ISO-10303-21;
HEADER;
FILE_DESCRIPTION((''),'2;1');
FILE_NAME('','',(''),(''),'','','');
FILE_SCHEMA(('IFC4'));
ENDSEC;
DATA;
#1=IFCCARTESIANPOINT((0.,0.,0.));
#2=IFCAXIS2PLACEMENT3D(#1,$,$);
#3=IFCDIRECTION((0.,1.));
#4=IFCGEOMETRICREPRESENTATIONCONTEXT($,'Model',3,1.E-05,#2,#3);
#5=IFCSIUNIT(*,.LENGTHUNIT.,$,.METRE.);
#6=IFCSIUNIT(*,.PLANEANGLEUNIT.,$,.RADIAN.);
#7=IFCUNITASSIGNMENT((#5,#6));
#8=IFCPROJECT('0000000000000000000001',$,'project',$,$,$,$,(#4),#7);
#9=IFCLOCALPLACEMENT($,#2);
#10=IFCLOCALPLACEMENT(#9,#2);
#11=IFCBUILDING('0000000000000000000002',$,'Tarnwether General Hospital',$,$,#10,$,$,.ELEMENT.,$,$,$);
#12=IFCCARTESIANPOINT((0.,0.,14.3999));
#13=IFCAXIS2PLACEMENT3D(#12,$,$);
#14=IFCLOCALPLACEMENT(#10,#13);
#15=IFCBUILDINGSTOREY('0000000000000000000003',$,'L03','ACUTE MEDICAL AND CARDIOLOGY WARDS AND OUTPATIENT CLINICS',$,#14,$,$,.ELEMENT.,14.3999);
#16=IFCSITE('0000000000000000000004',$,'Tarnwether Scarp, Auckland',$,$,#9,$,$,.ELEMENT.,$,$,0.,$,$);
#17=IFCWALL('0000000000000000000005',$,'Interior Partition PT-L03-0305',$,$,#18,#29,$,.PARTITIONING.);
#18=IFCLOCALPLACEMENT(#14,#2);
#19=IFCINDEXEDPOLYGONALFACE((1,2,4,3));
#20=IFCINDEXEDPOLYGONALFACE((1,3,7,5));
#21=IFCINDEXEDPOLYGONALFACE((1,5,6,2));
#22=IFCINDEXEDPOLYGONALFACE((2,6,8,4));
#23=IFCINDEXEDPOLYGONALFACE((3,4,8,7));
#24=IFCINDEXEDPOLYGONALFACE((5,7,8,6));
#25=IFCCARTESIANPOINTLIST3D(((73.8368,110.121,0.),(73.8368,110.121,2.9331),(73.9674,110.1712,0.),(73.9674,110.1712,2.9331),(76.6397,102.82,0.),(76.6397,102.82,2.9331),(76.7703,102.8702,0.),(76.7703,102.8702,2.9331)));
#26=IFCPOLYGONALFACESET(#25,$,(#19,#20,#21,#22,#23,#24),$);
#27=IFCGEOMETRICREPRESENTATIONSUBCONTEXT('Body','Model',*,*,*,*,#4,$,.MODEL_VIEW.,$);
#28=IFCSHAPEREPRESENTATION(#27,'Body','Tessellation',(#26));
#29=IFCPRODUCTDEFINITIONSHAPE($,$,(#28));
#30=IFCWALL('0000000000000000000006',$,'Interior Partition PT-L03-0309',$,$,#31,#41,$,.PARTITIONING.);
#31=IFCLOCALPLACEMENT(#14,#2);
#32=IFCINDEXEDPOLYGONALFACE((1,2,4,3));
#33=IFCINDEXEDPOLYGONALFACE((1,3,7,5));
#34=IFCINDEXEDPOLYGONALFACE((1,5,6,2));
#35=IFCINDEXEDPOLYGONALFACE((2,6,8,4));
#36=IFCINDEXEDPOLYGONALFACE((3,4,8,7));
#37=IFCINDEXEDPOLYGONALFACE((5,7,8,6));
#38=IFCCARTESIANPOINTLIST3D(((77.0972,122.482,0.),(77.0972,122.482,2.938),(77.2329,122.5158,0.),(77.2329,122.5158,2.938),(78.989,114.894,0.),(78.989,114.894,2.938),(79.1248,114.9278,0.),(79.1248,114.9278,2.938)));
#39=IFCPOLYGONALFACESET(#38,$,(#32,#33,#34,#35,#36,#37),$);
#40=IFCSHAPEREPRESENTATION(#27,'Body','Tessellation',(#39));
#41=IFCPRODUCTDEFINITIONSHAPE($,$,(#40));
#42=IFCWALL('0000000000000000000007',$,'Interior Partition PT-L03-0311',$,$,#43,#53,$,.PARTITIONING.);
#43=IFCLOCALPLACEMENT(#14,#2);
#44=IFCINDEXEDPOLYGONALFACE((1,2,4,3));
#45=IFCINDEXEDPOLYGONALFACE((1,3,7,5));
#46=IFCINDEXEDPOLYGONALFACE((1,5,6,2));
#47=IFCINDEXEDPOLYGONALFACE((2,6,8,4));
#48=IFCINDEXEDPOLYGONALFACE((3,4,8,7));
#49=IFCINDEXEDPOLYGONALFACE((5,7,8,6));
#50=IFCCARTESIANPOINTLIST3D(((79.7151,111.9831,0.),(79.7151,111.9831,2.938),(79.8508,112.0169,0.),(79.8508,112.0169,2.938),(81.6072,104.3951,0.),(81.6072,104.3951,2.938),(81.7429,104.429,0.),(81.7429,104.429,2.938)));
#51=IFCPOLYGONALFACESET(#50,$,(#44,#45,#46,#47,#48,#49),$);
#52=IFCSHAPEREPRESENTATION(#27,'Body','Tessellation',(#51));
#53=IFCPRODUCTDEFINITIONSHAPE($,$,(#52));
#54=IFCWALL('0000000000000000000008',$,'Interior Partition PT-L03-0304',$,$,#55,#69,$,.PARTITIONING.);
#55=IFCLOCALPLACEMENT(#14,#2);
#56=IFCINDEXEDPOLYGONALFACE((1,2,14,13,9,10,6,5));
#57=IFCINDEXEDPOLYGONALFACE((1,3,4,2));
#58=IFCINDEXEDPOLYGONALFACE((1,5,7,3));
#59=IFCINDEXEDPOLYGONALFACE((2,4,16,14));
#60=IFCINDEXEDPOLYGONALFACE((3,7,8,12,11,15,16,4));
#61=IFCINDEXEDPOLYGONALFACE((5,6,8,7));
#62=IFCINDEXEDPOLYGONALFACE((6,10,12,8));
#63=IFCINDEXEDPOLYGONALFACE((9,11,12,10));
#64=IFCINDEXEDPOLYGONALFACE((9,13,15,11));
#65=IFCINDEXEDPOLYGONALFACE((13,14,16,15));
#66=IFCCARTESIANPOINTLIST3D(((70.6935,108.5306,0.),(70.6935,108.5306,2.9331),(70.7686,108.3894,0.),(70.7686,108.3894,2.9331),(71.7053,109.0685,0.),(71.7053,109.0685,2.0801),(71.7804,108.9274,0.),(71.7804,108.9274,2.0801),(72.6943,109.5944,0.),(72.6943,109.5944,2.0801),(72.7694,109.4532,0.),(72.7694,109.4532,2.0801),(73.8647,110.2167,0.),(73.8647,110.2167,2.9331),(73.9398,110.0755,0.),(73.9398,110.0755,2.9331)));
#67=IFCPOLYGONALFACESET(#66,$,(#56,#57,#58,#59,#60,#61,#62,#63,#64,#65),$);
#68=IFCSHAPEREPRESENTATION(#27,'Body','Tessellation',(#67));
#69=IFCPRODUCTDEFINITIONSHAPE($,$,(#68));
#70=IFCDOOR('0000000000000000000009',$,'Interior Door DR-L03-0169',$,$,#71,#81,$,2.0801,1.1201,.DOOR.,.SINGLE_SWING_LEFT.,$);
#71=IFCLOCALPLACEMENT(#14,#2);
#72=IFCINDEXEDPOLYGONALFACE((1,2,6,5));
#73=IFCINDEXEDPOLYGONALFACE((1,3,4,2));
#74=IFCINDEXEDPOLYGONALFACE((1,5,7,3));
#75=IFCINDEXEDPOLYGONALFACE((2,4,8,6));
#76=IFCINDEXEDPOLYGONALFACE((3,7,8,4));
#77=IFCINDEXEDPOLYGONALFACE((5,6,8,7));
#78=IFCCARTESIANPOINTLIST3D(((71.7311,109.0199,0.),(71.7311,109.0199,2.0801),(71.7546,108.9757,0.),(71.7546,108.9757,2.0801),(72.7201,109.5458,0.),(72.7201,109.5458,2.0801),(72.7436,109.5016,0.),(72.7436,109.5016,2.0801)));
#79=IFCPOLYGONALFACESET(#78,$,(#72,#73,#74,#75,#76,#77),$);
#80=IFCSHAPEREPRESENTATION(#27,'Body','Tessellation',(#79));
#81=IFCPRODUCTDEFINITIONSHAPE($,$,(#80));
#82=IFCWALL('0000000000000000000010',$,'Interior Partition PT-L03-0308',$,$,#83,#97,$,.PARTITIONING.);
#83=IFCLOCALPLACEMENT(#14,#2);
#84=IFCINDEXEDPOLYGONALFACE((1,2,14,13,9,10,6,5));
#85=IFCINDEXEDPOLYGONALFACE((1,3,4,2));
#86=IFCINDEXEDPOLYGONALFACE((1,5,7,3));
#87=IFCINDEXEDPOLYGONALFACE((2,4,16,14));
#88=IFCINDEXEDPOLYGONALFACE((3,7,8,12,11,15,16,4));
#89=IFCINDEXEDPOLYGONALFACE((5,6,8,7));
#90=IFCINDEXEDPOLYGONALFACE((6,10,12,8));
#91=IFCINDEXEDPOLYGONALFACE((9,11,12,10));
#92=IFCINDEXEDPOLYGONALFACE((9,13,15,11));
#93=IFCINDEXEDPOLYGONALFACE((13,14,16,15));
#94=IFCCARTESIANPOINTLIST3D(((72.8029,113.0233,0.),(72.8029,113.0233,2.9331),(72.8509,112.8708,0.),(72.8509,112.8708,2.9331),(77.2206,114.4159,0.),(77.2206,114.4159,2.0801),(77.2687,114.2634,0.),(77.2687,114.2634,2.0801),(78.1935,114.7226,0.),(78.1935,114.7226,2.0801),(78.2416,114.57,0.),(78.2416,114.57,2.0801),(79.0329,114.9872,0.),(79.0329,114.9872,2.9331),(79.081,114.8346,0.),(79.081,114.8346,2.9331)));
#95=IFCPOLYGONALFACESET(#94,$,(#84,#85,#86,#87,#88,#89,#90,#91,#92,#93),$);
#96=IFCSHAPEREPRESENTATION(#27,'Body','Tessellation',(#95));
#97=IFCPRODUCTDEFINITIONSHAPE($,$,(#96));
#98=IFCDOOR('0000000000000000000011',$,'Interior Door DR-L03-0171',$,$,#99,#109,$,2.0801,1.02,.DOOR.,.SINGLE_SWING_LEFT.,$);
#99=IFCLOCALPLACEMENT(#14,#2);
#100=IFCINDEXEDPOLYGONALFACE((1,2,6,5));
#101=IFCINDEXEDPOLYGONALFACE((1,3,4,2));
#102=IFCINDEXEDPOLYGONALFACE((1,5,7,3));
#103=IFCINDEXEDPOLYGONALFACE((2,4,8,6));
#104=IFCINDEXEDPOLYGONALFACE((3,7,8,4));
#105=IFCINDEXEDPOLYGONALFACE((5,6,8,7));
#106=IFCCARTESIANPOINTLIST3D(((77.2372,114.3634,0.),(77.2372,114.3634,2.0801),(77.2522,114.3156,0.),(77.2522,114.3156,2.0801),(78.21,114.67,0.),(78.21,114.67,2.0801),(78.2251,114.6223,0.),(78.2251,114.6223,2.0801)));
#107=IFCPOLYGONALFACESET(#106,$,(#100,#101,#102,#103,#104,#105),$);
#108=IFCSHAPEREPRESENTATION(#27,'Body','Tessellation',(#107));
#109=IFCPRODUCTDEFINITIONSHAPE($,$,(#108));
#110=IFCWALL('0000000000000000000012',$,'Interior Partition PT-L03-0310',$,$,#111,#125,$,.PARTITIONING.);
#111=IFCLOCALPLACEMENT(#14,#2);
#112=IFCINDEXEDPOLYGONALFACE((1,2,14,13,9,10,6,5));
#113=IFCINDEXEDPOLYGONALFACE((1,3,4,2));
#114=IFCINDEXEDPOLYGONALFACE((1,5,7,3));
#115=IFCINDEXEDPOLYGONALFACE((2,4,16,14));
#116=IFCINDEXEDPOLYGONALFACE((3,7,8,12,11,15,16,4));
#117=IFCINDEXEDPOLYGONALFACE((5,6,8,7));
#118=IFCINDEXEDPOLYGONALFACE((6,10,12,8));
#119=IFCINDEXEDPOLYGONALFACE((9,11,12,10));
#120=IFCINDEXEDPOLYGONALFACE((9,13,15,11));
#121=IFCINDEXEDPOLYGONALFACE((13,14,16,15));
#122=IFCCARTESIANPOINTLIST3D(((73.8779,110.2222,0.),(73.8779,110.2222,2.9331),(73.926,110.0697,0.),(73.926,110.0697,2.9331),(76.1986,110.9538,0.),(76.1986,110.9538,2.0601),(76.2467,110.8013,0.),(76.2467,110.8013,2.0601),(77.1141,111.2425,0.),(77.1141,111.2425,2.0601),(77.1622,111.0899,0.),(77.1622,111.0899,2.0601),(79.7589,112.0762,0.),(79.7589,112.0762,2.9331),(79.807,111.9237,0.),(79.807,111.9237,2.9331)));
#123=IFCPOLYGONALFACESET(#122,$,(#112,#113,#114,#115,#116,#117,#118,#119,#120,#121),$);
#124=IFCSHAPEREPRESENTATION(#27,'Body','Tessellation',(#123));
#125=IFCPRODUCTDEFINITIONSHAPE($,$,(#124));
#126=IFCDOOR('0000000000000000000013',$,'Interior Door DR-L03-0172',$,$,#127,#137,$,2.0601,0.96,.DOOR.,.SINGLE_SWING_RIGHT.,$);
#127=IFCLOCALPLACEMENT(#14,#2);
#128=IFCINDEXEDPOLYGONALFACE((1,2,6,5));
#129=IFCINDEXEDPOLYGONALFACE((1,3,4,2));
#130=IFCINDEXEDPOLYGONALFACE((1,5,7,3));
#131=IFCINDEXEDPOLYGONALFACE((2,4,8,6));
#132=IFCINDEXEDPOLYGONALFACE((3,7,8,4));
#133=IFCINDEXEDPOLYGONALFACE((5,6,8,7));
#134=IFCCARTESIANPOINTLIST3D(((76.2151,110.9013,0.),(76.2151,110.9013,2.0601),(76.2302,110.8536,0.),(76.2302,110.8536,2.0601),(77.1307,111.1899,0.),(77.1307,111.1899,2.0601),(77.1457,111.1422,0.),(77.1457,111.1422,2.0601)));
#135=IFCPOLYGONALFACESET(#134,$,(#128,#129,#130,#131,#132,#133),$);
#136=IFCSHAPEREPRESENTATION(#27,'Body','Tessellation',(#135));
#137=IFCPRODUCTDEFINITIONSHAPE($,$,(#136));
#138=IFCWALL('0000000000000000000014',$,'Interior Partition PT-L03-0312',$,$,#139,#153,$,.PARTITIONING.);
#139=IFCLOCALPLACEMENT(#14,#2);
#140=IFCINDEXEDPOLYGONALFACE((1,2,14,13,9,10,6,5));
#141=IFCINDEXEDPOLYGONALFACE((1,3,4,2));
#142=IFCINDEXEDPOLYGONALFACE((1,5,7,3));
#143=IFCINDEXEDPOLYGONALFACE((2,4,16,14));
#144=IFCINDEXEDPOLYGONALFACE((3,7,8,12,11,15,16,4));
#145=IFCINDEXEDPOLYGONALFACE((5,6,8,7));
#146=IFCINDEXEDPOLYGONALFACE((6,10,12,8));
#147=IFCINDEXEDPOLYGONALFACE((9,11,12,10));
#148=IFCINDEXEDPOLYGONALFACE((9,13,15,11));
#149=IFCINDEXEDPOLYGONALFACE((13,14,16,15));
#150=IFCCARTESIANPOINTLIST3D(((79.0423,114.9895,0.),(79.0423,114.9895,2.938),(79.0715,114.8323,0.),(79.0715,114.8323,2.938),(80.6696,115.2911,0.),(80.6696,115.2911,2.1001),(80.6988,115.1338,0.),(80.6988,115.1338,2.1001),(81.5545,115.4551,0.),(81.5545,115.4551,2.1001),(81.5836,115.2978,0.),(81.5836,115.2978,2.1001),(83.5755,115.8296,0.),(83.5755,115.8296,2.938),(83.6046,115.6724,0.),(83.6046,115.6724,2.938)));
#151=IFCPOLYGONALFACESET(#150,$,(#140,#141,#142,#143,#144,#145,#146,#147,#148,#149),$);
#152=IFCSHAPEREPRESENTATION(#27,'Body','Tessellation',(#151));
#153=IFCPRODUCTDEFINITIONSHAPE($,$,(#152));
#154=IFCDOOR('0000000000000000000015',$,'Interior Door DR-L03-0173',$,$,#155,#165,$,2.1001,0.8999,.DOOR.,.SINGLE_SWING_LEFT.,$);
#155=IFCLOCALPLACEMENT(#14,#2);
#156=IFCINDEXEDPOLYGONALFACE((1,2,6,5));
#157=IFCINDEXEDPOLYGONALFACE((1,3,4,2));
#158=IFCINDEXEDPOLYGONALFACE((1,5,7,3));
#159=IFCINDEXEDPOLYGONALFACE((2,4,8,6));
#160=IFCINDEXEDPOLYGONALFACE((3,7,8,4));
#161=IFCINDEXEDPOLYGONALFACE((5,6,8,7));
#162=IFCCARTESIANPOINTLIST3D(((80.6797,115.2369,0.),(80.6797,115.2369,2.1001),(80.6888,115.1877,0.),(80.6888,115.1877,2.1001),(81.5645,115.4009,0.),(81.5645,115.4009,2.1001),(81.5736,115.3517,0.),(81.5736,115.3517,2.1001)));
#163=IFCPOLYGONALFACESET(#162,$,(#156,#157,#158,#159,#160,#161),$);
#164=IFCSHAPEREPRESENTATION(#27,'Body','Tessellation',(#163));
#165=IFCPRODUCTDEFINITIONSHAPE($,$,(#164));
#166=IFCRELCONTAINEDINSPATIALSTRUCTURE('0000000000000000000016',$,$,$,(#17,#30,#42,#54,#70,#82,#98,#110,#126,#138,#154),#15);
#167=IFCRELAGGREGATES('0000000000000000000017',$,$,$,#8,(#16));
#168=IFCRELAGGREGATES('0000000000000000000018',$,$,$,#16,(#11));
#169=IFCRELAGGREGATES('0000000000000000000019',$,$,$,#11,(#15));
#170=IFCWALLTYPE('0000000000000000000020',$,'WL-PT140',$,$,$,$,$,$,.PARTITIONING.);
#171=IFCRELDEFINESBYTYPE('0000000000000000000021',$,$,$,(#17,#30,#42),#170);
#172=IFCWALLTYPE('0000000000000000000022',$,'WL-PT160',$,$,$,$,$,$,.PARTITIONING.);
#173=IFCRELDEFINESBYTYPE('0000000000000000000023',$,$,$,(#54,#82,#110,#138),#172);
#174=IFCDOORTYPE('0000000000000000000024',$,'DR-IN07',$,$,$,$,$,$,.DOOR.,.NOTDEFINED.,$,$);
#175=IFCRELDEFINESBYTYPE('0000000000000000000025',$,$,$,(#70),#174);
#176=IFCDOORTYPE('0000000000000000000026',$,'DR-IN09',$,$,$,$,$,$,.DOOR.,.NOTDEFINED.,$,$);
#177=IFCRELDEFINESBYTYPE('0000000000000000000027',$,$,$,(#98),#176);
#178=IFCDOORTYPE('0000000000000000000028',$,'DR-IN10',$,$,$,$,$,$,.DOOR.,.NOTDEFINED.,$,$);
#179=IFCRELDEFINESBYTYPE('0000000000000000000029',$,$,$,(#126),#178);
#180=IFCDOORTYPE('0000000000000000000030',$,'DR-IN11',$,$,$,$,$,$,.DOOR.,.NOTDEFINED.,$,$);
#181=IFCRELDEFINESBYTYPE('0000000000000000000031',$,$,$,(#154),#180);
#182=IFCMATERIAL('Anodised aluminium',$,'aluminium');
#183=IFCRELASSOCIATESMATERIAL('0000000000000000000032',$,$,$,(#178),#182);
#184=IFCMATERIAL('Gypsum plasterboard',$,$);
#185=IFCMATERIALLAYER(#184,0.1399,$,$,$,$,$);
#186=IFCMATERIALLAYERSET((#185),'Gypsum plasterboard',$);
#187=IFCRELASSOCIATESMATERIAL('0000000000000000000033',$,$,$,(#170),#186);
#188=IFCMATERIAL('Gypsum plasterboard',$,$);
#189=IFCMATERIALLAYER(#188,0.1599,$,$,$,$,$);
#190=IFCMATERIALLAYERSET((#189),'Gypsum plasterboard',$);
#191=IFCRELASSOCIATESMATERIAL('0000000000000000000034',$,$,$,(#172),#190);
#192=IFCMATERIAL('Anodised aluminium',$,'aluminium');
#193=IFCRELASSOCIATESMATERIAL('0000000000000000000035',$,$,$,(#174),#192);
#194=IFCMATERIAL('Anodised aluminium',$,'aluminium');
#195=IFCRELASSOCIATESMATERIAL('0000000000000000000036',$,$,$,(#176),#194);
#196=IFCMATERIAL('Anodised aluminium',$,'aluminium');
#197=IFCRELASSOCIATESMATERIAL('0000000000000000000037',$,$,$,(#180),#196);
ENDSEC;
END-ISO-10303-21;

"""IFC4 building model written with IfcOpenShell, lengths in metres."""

from ifc_helpers import new_model, si_unit, direction, frame, frame_2d, origin, place, context, subcontext, project, spatial, rectangle, extrude, material, layer, layer_set, type_object, element, fill, save


model = new_model("IFC4")

# Units and contexts
model_context = context("Model", 3, precision=1e-05, world=origin(), true_north=direction((0.0, 1.0)))
body_context = subcontext(model_context, "Body", "Model", "MODEL_VIEW")
ifc_project = project(units=[si_unit("LENGTHUNIT", "METRE"), si_unit("PLANEANGLEUNIT", "RADIAN")], contexts=[model_context])

# Site, building, storey
site_placement = place(None, origin())
site = spatial("IfcSite", under=ifc_project, at=site_placement, Name="Tarnwether Scarp, Auckland", CompositionType="ELEMENT", RefElevation=0.0)
building_placement = place(site_placement, origin())
building = spatial("IfcBuilding", under=site, at=building_placement, Name="Tarnwether General Hospital", CompositionType="ELEMENT")
storey_placement = place(building_placement, frame((0.0, 0.0, 14.3999)))
storey = spatial("IfcBuildingStorey", under=building, at=storey_placement, Name="L03", Description="ACUTE MEDICAL AND CARDIOLOGY WARDS AND OUTPATIENT CLINICS", CompositionType="ELEMENT", Elevation=14.3999)

# Shared definitions
ifc_material_1 = material(Name="Anodised aluminium", Category="aluminium")
door_type_1 = type_object("IfcDoorType", Name="DR-IN10", OperationType="NOTDEFINED", PredefinedType="DOOR", material=ifc_material_1)

# Walls
ifc_material_2 = material(Name="Gypsum plasterboard")
ifc_layer_1 = layer(ifc_material_2, 0.1399)
ifc_layer_set_1 = layer_set([ifc_layer_1], Name="Gypsum plasterboard")
wall_type_1 = type_object("IfcWallType", Name="WL-PT140", PredefinedType="PARTITIONING", material=ifc_layer_set_1)
wall_1_placement = place(storey_placement, frame((73.9021, 110.146, 0.0), z_axis=(0.0, 0.0, 1.0), x_axis=(0.35841, -0.933564, 0.0)))
element("IfcWall", 1, at=wall_1_placement, inside=storey, type_object=wall_type_1, Name="Interior Partition PT-L03-0305", PredefinedType="PARTITIONING", context=body_context, shape_type="SweptSolid", body=[
    extrude(rectangle(XDim=7.8206, YDim=0.1399, at=frame_2d((3.9102, 0.0))), origin(), (0.0, 0.0, 1.0), 2.9331),
])
for number, where, z_axis, x_axis, name in (
    (2, (79.0569, 114.9109, 0.0), (0.0, 0.0, 1.0), (-0.241911, 0.970298, 0.0), "Interior Partition PT-L03-0309"),
    (3, (79.783, 112.0, 0.0), (0.0, 0.0, 1.0), (0.241948, -0.970289, 0.0), "Interior Partition PT-L03-0311"),
):
    element("IfcWall", number, at=place(storey_placement, frame(where, z_axis=z_axis, x_axis=x_axis)), inside=storey, type_object=wall_type_1, Name=name, PredefinedType="PARTITIONING", context=body_context, shape_type="SweptSolid", body=[
        extrude(rectangle(XDim=7.8203, YDim=0.1399, at=frame_2d((3.9102, 0.0))), origin(), (0.0, 0.0, 1.0), 2.938),
    ])

# Walls, openings, doors
ifc_material_3 = material(Name="Gypsum plasterboard")
ifc_layer_2 = layer(ifc_material_3, 0.1599)
ifc_layer_set_2 = layer_set([ifc_layer_2], Name="Gypsum plasterboard")
wall_type_2 = type_object("IfcWallType", Name="WL-PT160", PredefinedType="PARTITIONING", material=ifc_layer_set_2)
wall_2_placement = place(storey_placement, frame((70.731, 108.46, 0.0), z_axis=(0.0, 0.0, 1.0), x_axis=(0.882958, 0.469452, 0.0)))
wall_2 = element("IfcWall", 4, at=wall_2_placement, inside=storey, type_object=wall_type_2, Name="Interior Partition PT-L03-0304", PredefinedType="PARTITIONING", context=body_context, shape_type="SweptSolid", body=[
    extrude(rectangle(XDim=3.5916, YDim=0.1599, at=frame_2d((1.7959, 0.0))), origin(), (0.0, 0.0, 1.0), 2.9331),
])
opening_1_placement = place(wall_2_placement, frame((1.146, 0.0, 0.0)))
opening_1 = element("IfcOpeningElement", 5, at=opening_1_placement, cuts=wall_2, PredefinedType="OPENING", context=body_context, shape_type="SweptSolid", body=[
    extrude(rectangle(XDim=1.1201, YDim=2.0801, at=frame_2d((0.5601, 1.04))), frame((0.0, 0.0898, 0.0), z_axis=(0.0, -1.0, 0.0), x_axis=(1.0, 0.0, 0.0)), (0.0, 0.0, 1.0), 0.1799),
])
ifc_material_4 = material(Name="Anodised aluminium", Category="aluminium")
door_type_2 = type_object("IfcDoorType", Name="DR-IN07", OperationType="NOTDEFINED", PredefinedType="DOOR", material=ifc_material_4)
door_1_placement = place(opening_1_placement, origin())
door_1 = element("IfcDoor", 6, at=door_1_placement, inside=storey, type_object=door_type_2, Name="Interior Door DR-L03-0169", OperationType="SINGLE_SWING_LEFT", OverallHeight=2.0801, OverallWidth=1.1201, PredefinedType="DOOR", context=body_context, shape_type="SweptSolid", body=[
    extrude(rectangle(XDim=1.1201, YDim=2.0801, at=frame_2d((0.5601, 1.04))), frame((0.0, 0.0249, 0.0), z_axis=(0.0, -1.0, 0.0), x_axis=(1.0, 0.0, 0.0)), (0.0, 0.0, 1.0), 0.05),
])
fill(opening_1, door_1)
wall_3_placement = place(storey_placement, frame((72.8269, 112.947, 0.0), z_axis=(0.0, 0.0, 1.0), x_axis=(0.953736, 0.300645, 0.0)))
wall_3 = element("IfcWall", 7, at=wall_3_placement, inside=storey, type_object=wall_type_2, Name="Interior Partition PT-L03-0308", PredefinedType="PARTITIONING", context=body_context, shape_type="SweptSolid", body=[
    extrude(rectangle(XDim=6.5322, YDim=0.1599, at=frame_2d((3.2661, 0.0))), origin(), (0.0, 0.0, 1.0), 2.9331),
])
opening_2_placement = place(wall_3_placement, frame((4.6321, 0.0, 0.0)))
opening_2 = element("IfcOpeningElement", 8, at=opening_2_placement, cuts=wall_3, PredefinedType="OPENING", context=body_context, shape_type="SweptSolid", body=[
    extrude(rectangle(XDim=1.02, YDim=2.0801, at=frame_2d((0.51, 1.04))), frame((0.0, 0.0898, 0.0), z_axis=(0.0, -1.0, 0.0), x_axis=(1.0, 0.0, 0.0)), (0.0, 0.0, 1.0), 0.1799),
])
ifc_material_5 = material(Name="Anodised aluminium", Category="aluminium")
door_type_3 = type_object("IfcDoorType", Name="DR-IN09", OperationType="NOTDEFINED", PredefinedType="DOOR", material=ifc_material_5)
door_2_placement = place(opening_2_placement, origin())
door_2 = element("IfcDoor", 9, at=door_2_placement, inside=storey, type_object=door_type_3, Name="Interior Door DR-L03-0171", OperationType="SINGLE_SWING_LEFT", OverallHeight=2.0801, OverallWidth=1.02, PredefinedType="DOOR", context=body_context, shape_type="SweptSolid", body=[
    extrude(rectangle(XDim=1.02, YDim=2.0801, at=frame_2d((0.51, 1.04))), frame((0.0, 0.0249, 0.0), z_axis=(0.0, -1.0, 0.0), x_axis=(1.0, 0.0, 0.0)), (0.0, 0.0, 1.0), 0.05),
])
fill(opening_2, door_2)
wall_4_placement = place(storey_placement, frame((73.9021, 110.146, 0.0), z_axis=(0.0, 0.0, 1.0), x_axis=(0.953727, 0.300673, 0.0)))
wall_4 = element("IfcWall", 10, at=wall_4_placement, inside=storey, type_object=wall_type_2, Name="Interior Partition PT-L03-0310", PredefinedType="PARTITIONING", context=body_context, shape_type="SweptSolid", body=[
    extrude(rectangle(XDim=6.1663, YDim=0.1599, at=frame_2d((3.083, 0.0))), origin(), (0.0, 0.0, 1.0), 2.9331),
])
opening_3_placement = place(wall_4_placement, frame((2.4331, 0.0, 0.0)))
opening_3 = element("IfcOpeningElement", 11, at=opening_3_placement, cuts=wall_4, PredefinedType="OPENING", context=body_context, shape_type="SweptSolid", body=[
    extrude(rectangle(XDim=0.96, YDim=2.0601, at=frame_2d((0.48, 1.03))), frame((0.0, 0.0898, 0.0), z_axis=(0.0, -1.0, 0.0), x_axis=(1.0, 0.0, 0.0)), (0.0, 0.0, 1.0), 0.1799),
])
door_3_placement = place(opening_3_placement, origin())
door_3 = element("IfcDoor", 12, at=door_3_placement, inside=storey, type_object=door_type_1, Name="Interior Door DR-L03-0172", OperationType="SINGLE_SWING_RIGHT", OverallHeight=2.0601, OverallWidth=0.96, PredefinedType="DOOR", context=body_context, shape_type="SweptSolid", body=[
    extrude(rectangle(XDim=0.96, YDim=2.0601, at=frame_2d((0.48, 1.03))), frame((0.0, 0.0249, 0.0), z_axis=(0.0, -1.0, 0.0), x_axis=(1.0, 0.0, 0.0)), (0.0, 0.0, 1.0), 0.05),
])
fill(opening_3, door_3)
wall_5_placement = place(storey_placement, frame((79.0569, 114.9109, 0.0), z_axis=(0.0, 0.0, 1.0), x_axis=(0.983258, 0.182216, 0.0)))
wall_5 = element("IfcWall", 13, at=wall_5_placement, inside=storey, type_object=wall_type_2, Name="Interior Partition PT-L03-0312", PredefinedType="PARTITIONING", context=body_context, shape_type="SweptSolid", body=[
    extrude(rectangle(XDim=4.6104, YDim=0.1599, at=frame_2d((2.3052, 0.0))), origin(), (0.0, 0.0, 1.0), 2.938),
])
opening_4_placement = place(wall_5_placement, frame((1.655, 0.0, 0.0)))
opening_4 = element("IfcOpeningElement", 14, at=opening_4_placement, cuts=wall_5, PredefinedType="OPENING", context=body_context, shape_type="SweptSolid", body=[
    extrude(rectangle(XDim=0.8999, YDim=2.1001, at=frame_2d((0.45, 1.05))), frame((0.0, 0.0898, 0.0), z_axis=(0.0, -1.0, 0.0), x_axis=(1.0, 0.0, 0.0)), (0.0, 0.0, 1.0), 0.1799),
])
ifc_material_6 = material(Name="Anodised aluminium", Category="aluminium")
door_type_4 = type_object("IfcDoorType", Name="DR-IN11", OperationType="NOTDEFINED", PredefinedType="DOOR", material=ifc_material_6)
door_4_placement = place(opening_4_placement, origin())
door_4 = element("IfcDoor", 15, at=door_4_placement, inside=storey, type_object=door_type_4, Name="Interior Door DR-L03-0173", OperationType="SINGLE_SWING_LEFT", OverallHeight=2.1001, OverallWidth=0.8999, PredefinedType="DOOR", context=body_context, shape_type="SweptSolid", body=[
    extrude(rectangle(XDim=0.8999, YDim=2.1001, at=frame_2d((0.45, 1.05))), frame((0.0, 0.0249, 0.0), z_axis=(0.0, -1.0, 0.0), x_axis=(1.0, 0.0, 0.0)), (0.0, 0.0, 1.0), 0.05),
])
fill(opening_4, door_4)

save(model, "model.ifc")
